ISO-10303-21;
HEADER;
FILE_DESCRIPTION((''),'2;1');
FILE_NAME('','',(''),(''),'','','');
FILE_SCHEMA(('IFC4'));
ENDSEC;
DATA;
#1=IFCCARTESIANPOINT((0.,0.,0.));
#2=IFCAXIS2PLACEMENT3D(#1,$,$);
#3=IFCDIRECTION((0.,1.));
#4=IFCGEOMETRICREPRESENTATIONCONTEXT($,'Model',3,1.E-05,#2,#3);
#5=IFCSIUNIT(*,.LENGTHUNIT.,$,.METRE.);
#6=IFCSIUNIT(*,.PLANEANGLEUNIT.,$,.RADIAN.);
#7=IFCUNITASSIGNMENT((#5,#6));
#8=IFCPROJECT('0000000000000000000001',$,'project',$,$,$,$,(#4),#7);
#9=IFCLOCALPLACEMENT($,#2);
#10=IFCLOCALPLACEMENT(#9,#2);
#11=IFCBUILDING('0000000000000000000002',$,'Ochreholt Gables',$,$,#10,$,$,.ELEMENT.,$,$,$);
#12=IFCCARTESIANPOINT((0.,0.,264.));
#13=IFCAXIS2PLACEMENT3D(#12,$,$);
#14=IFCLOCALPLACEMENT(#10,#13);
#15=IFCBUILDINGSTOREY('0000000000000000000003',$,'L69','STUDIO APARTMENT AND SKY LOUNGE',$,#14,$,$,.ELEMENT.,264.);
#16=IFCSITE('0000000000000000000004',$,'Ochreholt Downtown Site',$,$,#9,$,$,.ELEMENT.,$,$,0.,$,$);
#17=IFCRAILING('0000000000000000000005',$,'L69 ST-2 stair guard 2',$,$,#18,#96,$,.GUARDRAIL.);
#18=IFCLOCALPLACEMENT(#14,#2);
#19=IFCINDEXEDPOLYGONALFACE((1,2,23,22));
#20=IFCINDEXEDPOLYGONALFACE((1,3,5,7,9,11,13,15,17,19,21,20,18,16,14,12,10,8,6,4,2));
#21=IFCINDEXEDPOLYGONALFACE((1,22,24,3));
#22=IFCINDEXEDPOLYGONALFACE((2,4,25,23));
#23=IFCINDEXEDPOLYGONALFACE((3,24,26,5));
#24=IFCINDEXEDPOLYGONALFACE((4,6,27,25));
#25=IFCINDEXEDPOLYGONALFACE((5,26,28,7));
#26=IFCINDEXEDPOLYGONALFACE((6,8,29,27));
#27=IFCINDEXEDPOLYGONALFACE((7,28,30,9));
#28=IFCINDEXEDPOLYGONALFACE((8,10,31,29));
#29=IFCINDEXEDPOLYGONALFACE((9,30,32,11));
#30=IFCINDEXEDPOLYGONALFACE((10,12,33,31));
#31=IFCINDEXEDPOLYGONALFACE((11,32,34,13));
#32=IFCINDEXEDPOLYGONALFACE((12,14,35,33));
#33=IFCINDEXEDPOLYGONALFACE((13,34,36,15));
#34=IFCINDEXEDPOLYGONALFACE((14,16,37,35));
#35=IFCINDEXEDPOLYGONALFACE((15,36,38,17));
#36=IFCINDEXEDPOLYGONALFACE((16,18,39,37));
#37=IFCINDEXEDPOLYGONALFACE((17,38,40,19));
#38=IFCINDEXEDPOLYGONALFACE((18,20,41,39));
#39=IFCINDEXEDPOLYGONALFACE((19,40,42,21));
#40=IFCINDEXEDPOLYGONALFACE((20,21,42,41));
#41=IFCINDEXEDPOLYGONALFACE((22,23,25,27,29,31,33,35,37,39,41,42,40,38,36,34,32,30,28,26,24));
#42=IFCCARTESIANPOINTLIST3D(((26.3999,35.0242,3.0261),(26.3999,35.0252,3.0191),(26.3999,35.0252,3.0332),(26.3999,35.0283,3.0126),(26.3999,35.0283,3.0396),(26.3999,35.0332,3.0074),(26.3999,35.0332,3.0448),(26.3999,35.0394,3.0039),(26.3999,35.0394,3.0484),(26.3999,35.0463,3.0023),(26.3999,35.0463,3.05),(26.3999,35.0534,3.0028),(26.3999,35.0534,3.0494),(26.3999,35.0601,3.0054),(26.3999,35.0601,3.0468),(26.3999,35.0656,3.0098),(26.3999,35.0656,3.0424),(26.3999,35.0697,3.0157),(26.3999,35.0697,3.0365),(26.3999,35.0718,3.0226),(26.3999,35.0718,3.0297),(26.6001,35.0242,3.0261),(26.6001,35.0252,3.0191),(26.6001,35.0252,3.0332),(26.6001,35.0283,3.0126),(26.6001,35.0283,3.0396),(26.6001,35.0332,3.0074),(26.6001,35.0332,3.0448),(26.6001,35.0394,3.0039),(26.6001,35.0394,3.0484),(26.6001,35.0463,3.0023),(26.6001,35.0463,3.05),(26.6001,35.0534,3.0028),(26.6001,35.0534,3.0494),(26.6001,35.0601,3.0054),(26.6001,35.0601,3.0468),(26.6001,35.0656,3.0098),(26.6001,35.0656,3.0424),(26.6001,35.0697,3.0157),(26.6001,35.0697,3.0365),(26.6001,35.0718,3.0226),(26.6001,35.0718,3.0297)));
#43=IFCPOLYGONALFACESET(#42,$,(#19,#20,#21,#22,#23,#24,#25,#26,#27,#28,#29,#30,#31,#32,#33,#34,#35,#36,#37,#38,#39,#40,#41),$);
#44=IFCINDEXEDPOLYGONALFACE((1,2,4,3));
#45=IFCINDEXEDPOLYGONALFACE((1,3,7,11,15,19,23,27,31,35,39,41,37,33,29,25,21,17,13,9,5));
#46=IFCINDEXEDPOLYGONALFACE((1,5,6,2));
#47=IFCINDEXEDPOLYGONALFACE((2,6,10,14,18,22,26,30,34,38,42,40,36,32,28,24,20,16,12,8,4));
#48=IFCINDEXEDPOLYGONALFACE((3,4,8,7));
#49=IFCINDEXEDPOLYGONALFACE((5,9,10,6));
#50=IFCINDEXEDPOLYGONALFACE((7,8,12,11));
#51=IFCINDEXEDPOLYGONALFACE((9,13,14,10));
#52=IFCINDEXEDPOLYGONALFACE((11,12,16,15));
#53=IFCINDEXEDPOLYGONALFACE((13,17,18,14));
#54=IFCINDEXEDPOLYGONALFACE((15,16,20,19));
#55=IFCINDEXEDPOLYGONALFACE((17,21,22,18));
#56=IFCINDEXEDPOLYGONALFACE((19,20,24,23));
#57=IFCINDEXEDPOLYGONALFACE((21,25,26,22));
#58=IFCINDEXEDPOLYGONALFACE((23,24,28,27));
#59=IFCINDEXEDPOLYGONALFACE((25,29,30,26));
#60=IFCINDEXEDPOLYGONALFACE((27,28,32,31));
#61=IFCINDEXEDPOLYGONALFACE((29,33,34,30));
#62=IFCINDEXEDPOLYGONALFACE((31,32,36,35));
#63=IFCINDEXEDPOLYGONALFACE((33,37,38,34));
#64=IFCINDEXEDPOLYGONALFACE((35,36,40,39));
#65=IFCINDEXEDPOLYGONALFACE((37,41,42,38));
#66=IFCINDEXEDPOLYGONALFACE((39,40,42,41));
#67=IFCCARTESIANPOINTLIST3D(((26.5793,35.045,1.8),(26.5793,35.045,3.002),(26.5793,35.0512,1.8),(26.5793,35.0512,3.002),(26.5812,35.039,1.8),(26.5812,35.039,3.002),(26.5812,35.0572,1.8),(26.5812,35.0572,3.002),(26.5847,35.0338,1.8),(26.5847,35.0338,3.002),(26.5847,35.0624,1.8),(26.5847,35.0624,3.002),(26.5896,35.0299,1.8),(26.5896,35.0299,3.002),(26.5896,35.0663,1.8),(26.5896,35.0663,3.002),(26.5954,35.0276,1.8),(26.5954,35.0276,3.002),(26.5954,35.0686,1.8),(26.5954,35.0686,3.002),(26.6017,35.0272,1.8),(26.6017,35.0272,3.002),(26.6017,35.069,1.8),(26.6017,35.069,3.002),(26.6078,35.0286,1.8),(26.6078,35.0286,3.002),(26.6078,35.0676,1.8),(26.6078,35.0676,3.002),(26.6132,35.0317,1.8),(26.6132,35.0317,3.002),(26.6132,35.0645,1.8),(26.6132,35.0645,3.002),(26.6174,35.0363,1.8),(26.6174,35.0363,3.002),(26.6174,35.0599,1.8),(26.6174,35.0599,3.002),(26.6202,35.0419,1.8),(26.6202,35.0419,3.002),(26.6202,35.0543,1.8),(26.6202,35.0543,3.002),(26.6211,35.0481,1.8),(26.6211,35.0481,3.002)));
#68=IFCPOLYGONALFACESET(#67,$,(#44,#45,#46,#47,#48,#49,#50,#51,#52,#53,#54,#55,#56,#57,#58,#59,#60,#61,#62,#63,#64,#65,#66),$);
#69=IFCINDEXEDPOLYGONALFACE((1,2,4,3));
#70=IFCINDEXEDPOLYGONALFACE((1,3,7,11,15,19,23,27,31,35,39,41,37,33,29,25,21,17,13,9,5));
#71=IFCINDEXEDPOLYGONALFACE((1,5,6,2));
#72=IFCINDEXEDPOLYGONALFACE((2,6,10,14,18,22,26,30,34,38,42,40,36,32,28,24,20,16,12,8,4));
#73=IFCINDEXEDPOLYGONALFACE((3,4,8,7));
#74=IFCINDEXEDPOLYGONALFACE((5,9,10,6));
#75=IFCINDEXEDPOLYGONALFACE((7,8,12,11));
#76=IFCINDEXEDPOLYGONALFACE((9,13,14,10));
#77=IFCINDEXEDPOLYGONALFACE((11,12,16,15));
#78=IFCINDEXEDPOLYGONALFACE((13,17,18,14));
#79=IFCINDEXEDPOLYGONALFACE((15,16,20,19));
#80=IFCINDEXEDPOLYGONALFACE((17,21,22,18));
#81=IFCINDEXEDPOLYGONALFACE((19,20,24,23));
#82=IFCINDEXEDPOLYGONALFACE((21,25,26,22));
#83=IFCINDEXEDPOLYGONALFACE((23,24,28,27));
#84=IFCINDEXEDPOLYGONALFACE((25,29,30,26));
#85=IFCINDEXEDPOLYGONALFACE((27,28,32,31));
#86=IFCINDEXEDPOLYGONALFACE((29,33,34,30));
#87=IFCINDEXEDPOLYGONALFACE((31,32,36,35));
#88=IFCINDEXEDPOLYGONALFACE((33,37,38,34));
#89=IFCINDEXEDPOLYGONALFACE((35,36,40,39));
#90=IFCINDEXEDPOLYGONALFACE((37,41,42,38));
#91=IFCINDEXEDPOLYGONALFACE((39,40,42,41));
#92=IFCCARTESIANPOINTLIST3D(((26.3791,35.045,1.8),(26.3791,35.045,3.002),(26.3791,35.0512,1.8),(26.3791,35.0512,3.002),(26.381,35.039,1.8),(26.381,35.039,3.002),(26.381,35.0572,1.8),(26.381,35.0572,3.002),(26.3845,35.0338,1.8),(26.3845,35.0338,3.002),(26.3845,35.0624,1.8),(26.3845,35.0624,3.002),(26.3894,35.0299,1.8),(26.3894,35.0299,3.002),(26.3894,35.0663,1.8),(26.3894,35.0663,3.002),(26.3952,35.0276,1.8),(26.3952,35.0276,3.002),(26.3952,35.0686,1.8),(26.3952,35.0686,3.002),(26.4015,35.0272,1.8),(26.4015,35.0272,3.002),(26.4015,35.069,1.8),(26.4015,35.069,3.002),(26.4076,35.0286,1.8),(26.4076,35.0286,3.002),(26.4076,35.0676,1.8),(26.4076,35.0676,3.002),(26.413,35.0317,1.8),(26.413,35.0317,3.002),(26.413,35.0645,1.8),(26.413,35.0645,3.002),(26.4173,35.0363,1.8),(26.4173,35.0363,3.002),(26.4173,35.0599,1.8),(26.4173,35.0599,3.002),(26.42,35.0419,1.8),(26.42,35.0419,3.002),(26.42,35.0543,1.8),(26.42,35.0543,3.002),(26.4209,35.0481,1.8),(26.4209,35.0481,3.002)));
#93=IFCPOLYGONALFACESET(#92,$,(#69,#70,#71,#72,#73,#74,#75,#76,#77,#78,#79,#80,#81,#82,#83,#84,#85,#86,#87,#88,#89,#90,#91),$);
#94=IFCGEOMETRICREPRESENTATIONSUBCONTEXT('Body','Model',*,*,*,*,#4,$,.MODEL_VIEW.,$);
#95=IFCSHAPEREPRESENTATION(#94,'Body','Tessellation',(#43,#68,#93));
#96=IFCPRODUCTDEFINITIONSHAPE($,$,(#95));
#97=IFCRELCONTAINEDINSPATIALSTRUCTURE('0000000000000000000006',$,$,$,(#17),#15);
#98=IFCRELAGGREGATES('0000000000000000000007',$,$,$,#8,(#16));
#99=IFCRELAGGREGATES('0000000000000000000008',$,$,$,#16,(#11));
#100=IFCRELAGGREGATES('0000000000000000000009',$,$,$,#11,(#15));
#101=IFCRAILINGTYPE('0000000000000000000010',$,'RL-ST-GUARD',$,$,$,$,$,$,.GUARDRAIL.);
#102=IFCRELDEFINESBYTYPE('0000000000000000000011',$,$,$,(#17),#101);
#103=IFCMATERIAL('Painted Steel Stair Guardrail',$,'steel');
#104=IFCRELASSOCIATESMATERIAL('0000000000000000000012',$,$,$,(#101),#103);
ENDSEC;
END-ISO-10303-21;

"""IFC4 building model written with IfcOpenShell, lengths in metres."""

from ifc_helpers import new_model, si_unit, direction, frame, origin, origin_2d, place, context, subcontext, project, spatial, circle, extrude, material, type_object, element, save


model = new_model("IFC4")

# Units and contexts
model_context = context("Model", 3, precision=1e-05, world=origin(), true_north=direction((0.0, 1.0)))
body_context = subcontext(model_context, "Body", "Model", "MODEL_VIEW")
ifc_project = project(units=[si_unit("LENGTHUNIT", "METRE"), si_unit("PLANEANGLEUNIT", "RADIAN")], contexts=[model_context])

# Site, building, storey
site_placement = place(None, origin())
site = spatial("IfcSite", under=ifc_project, at=site_placement, Name="Ochreholt Downtown Site", CompositionType="ELEMENT", RefElevation=0.0)
building_placement = place(site_placement, origin())
building = spatial("IfcBuilding", under=site, at=building_placement, Name="Ochreholt Gables", CompositionType="ELEMENT")
storey_placement = place(building_placement, frame((0.0, 0.0, 264.0)))
storey = spatial("IfcBuildingStorey", under=building, at=storey_placement, Name="L69", Description="STUDIO APARTMENT AND SKY LOUNGE", CompositionType="ELEMENT", Elevation=264.0)

# Railing
ifc_material_1 = material(Name="Painted Steel Stair Guardrail", Category="steel")
railing_type_1 = type_object("IfcRailingType", Name="RL-ST-GUARD", PredefinedType="GUARDRAIL", material=ifc_material_1)
railing_1_placement = place(storey_placement, frame((26.6001, 35.0481, 1.8)))
element("IfcRailing", 1, at=railing_1_placement, inside=storey, type_object=railing_type_1, Name="L69 ST-2 stair guard 2", PredefinedType="GUARDRAIL", context=body_context, shape_type="SweptSolid", body=[
    extrude(circle(Radius=0.0239, at=origin_2d()), frame((0.0, 0.0, 1.2261), z_axis=(-1.0, 0.0, 0.0), x_axis=(0.0, -1.0, 0.0)), (0.0, 0.0, 1.0), 0.2002),
    extrude(circle(Radius=0.021, at=origin_2d()), origin(), (0.0, 0.0, 1.0), 1.2019),
    extrude(circle(Radius=0.021, at=origin_2d()), frame((-0.2002, 0.0, 0.0)), (0.0, 0.0, 1.0), 1.2019),
])

save(model, "model.ifc")
